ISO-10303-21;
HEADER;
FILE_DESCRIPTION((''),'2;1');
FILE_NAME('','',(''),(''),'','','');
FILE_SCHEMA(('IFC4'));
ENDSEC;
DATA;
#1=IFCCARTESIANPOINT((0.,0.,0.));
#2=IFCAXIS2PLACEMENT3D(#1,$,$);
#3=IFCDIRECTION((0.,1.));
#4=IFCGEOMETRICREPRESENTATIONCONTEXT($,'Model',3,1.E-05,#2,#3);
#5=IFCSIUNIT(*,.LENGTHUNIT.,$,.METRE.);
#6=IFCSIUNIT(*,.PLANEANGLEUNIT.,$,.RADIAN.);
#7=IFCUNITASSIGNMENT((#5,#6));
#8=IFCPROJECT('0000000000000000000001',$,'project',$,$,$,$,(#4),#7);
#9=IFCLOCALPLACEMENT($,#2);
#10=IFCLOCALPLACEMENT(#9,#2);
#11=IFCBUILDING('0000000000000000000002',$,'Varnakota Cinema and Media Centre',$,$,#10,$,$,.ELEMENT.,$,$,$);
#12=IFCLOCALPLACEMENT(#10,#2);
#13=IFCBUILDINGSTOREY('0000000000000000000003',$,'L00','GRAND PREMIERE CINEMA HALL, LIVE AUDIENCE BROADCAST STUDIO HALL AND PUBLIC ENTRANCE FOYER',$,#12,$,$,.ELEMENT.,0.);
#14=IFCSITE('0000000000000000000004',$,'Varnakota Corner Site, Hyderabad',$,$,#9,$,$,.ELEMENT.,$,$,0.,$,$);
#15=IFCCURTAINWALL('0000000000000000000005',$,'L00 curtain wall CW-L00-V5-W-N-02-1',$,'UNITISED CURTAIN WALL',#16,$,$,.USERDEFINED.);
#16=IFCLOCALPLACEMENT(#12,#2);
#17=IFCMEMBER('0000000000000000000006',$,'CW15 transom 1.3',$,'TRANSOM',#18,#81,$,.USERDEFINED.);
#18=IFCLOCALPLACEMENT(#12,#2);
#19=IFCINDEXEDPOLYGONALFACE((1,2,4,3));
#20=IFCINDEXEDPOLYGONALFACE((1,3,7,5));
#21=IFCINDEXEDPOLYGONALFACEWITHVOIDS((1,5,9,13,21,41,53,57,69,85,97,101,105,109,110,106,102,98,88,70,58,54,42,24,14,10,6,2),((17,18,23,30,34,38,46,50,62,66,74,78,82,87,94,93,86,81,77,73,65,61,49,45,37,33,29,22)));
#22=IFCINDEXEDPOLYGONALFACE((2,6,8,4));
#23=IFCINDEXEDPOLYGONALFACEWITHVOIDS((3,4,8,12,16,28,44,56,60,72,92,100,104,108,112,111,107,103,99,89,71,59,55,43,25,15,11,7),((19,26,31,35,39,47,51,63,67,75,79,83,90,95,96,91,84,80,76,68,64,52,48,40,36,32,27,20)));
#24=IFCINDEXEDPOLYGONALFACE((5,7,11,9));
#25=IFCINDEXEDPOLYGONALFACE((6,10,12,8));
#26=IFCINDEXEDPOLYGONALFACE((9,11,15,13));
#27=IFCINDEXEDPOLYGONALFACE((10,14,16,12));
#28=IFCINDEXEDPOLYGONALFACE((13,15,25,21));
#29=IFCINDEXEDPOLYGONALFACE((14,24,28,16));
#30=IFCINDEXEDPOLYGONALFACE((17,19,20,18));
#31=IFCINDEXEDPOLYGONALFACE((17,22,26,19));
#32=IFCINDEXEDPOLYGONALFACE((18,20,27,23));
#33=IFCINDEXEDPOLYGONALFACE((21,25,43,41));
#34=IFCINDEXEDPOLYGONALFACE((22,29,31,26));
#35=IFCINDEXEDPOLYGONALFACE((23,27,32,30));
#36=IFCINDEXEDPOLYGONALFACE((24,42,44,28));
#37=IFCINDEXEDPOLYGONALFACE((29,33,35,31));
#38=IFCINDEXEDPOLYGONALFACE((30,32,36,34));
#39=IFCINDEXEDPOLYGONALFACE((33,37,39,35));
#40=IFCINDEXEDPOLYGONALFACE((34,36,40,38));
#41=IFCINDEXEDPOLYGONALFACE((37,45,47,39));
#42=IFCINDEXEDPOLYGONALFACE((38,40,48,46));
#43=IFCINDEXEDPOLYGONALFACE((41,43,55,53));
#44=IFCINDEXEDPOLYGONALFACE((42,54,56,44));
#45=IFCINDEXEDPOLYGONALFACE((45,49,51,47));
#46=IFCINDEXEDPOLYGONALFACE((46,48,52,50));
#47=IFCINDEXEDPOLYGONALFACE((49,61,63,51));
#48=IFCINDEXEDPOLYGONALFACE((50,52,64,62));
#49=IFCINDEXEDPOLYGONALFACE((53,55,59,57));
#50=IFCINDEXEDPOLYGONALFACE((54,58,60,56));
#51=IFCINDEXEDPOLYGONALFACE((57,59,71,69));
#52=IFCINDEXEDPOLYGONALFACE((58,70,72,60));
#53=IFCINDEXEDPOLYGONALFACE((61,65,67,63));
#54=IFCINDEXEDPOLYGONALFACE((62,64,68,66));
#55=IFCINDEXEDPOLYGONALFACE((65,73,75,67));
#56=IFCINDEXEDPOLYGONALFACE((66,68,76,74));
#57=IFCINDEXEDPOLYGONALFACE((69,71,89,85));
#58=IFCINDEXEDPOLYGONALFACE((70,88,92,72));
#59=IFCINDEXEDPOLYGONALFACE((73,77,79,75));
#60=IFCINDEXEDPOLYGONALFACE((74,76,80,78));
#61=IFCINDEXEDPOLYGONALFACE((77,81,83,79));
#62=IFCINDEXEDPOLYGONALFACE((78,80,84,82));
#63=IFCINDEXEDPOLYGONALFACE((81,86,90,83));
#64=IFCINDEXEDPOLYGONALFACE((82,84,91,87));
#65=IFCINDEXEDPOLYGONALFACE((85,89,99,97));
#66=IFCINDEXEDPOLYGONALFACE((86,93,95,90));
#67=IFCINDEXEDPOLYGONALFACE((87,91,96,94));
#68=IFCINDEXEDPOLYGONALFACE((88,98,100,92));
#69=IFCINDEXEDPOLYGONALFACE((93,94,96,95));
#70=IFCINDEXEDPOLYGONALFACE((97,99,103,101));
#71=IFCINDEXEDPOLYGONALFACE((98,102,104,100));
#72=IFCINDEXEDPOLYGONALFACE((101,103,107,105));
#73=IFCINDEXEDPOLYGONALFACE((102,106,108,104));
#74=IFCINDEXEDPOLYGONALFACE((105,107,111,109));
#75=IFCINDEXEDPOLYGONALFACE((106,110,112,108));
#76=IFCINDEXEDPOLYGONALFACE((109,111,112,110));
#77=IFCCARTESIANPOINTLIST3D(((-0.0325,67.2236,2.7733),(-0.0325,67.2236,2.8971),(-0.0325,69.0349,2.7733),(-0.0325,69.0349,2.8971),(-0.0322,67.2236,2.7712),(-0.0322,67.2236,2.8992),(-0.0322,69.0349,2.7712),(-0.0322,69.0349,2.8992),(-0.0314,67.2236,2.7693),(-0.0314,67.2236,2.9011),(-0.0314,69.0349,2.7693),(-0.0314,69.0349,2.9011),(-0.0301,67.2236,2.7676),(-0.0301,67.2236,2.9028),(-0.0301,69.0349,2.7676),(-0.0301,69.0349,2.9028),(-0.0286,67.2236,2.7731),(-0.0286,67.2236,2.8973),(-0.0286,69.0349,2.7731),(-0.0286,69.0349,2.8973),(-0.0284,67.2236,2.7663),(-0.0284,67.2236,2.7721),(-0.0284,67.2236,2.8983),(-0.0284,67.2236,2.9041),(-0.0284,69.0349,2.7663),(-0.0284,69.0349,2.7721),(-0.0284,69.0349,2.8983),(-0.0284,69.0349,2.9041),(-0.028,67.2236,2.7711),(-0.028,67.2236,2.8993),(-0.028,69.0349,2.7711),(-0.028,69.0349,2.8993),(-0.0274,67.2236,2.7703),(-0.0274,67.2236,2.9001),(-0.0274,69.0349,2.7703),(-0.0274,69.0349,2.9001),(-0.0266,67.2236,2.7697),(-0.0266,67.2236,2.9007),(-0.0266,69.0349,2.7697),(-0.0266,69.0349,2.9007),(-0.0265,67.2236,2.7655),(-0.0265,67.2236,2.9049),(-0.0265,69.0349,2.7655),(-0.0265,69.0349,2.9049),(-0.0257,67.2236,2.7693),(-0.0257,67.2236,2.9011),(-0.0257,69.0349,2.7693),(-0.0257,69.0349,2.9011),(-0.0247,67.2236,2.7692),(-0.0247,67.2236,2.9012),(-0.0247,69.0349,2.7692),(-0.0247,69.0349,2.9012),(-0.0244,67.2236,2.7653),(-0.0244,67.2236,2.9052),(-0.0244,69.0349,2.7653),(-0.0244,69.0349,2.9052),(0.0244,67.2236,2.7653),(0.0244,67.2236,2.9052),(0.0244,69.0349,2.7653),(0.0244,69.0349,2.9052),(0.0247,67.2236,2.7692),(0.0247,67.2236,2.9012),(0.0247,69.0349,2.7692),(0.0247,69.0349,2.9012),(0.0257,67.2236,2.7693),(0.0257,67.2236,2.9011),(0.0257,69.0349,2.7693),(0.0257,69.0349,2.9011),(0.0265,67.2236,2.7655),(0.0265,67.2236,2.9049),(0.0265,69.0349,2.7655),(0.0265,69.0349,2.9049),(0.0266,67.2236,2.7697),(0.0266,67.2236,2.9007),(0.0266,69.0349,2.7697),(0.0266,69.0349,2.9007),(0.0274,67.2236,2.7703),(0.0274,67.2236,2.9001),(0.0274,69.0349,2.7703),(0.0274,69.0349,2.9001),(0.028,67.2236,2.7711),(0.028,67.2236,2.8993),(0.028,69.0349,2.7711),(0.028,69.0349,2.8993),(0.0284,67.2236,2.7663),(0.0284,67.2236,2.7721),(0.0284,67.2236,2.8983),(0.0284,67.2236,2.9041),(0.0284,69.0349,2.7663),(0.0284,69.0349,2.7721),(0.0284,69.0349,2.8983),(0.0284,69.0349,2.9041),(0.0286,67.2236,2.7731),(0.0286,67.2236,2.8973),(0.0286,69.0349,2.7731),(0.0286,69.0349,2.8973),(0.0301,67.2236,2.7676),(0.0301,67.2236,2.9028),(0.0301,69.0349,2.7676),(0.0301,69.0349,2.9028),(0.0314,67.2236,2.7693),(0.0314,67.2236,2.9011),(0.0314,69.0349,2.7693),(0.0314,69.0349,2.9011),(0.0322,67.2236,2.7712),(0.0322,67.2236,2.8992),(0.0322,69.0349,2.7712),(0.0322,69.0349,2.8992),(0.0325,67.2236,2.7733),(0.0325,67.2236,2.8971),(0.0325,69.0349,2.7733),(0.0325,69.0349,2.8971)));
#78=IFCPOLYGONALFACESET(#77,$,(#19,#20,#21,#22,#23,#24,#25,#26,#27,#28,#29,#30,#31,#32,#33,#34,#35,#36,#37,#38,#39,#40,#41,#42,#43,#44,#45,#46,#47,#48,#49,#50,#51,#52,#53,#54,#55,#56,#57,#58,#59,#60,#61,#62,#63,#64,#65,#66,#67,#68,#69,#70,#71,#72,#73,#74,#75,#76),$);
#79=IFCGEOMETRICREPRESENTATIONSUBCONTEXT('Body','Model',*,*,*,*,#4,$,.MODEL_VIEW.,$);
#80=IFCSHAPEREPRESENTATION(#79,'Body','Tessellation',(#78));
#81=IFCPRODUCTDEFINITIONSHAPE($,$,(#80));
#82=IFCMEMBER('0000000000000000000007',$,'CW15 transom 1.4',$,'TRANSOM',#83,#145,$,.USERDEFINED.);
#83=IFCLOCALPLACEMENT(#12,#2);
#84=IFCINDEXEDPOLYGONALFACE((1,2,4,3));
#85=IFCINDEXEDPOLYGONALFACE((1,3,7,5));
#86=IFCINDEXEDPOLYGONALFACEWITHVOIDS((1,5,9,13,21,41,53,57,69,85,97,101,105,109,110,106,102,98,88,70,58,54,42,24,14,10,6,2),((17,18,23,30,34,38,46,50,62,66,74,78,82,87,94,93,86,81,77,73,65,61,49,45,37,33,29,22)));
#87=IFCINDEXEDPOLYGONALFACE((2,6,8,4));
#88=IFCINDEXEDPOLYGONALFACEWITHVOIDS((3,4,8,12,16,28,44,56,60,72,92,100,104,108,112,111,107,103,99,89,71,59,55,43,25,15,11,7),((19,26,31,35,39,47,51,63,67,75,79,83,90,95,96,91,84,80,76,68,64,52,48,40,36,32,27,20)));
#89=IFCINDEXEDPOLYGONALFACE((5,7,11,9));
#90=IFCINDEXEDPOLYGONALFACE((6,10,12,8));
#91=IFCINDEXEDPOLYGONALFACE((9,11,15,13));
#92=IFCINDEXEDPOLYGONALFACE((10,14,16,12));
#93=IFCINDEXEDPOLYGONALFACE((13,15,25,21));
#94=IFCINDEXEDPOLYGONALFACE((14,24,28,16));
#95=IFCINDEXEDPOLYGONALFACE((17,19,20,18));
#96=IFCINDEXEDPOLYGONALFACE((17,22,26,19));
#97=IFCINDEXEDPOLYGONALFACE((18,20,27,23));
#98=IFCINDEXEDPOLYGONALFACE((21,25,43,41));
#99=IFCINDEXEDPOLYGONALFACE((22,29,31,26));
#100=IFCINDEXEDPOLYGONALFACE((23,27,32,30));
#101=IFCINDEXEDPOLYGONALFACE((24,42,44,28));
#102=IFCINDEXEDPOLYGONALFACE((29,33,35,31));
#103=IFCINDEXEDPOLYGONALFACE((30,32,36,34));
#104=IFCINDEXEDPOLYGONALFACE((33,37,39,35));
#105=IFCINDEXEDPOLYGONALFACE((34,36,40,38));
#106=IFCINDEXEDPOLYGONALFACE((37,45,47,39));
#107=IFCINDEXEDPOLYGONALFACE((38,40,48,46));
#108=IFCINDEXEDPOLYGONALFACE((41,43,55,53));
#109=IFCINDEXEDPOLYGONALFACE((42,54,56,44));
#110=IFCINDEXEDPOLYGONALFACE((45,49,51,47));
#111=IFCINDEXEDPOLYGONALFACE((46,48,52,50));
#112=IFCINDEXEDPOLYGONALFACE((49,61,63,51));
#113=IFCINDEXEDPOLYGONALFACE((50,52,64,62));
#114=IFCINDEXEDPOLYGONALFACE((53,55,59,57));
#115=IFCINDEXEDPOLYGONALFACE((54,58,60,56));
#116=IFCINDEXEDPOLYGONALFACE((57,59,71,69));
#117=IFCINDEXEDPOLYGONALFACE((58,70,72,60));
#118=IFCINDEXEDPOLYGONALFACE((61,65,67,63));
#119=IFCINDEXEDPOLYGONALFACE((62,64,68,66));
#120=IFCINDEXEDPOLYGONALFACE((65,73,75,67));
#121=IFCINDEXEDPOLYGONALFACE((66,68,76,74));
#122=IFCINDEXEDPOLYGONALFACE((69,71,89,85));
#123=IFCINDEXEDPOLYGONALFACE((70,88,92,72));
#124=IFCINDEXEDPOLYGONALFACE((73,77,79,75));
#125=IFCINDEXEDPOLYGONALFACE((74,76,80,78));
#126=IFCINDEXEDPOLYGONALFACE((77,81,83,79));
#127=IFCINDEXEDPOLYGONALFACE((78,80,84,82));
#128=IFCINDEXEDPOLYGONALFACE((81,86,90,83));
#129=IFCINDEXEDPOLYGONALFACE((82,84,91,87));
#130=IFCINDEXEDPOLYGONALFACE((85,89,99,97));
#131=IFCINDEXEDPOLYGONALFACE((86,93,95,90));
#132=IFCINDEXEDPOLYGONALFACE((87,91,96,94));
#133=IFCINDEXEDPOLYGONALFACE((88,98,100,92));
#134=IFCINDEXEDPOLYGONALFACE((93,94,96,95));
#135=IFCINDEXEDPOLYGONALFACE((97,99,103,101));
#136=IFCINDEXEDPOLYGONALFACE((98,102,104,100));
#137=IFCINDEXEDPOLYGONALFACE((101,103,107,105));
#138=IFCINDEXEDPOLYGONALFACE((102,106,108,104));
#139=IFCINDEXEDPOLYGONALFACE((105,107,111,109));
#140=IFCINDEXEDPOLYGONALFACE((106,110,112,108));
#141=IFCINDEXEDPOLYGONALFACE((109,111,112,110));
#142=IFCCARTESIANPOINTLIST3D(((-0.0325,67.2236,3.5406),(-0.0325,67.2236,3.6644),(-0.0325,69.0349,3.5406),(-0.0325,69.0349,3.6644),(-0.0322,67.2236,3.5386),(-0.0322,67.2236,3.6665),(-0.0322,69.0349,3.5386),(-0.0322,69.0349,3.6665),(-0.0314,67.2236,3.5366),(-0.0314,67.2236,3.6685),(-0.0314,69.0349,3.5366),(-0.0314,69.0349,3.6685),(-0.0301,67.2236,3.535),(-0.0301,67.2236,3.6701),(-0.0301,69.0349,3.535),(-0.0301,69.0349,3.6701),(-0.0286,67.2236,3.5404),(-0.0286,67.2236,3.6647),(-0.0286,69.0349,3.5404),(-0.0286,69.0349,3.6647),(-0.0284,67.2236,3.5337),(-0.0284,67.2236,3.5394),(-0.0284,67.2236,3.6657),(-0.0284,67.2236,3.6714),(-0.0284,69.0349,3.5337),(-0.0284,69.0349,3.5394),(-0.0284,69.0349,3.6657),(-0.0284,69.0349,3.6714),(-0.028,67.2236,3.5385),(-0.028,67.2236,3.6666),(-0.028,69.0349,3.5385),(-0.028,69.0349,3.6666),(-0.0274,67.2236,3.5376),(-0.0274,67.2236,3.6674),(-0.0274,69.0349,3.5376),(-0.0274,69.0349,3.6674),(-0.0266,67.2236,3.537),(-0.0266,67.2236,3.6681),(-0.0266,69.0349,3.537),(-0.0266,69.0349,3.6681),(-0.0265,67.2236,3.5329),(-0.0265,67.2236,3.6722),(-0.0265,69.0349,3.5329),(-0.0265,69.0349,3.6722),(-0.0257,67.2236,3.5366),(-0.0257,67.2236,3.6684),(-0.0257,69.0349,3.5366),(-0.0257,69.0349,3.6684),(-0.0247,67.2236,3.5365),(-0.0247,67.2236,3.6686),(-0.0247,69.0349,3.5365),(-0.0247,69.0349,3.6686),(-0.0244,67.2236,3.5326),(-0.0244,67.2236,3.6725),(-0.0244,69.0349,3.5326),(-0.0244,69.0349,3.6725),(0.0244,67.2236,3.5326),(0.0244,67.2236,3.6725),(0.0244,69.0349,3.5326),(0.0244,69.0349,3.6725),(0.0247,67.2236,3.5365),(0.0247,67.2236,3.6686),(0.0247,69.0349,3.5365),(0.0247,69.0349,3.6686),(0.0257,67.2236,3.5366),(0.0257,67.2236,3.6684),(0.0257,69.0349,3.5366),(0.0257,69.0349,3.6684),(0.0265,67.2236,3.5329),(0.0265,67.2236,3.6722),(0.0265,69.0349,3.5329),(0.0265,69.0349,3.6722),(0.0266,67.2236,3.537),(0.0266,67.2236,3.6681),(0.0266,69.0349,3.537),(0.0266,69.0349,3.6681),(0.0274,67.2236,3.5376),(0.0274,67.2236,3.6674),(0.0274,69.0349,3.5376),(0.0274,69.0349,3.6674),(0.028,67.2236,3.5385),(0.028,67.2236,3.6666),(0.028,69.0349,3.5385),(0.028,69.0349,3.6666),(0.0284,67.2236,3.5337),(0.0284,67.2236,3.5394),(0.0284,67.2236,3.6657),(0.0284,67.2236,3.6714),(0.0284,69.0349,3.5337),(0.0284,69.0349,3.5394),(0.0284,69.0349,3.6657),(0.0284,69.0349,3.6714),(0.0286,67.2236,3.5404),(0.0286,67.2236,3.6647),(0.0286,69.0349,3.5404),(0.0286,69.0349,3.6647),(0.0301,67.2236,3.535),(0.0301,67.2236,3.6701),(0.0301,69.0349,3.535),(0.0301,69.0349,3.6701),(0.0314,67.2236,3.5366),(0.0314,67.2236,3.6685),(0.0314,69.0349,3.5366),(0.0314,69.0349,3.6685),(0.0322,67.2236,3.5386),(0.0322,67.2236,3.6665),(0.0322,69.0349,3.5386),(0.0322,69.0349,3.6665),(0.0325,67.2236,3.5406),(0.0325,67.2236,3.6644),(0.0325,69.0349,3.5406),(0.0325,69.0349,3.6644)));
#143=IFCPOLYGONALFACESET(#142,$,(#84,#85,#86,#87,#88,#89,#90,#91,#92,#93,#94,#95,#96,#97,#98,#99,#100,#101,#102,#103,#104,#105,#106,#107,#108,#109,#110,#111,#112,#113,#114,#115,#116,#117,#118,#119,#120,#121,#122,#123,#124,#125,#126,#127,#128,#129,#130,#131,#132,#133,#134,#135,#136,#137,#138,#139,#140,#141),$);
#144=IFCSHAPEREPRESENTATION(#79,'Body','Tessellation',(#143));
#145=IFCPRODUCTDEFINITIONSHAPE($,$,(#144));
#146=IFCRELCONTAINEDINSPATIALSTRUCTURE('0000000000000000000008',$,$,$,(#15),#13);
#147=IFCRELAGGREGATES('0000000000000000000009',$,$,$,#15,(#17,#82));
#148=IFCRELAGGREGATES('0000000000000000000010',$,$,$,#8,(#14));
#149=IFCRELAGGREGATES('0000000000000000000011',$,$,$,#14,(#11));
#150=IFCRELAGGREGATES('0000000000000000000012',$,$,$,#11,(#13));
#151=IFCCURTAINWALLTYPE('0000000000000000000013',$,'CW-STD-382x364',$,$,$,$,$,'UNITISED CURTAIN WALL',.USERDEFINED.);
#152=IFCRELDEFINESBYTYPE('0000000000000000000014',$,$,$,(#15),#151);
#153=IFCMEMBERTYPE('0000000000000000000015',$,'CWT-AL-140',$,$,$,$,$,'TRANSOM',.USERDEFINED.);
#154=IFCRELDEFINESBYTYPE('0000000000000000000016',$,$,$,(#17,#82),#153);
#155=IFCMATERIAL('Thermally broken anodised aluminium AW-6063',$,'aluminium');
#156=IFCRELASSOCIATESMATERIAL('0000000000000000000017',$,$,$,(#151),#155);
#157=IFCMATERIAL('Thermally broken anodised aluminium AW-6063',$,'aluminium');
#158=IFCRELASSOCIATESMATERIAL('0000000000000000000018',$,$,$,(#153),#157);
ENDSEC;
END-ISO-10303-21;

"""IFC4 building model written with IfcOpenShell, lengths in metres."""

from ifc_helpers import new_model, si_unit, direction, frame, origin, origin_2d, place, context, subcontext, project, spatial, hollow_rectangle, extrude, material, material_profile, profile_set, type_object, element, aggregate, save


model = new_model("IFC4")

# Units and contexts
model_context = context("Model", 3, precision=1e-05, world=origin(), true_north=direction((0.0, 1.0)))
body_context = subcontext(model_context, "Body", "Model", "MODEL_VIEW")
ifc_project = project(units=[si_unit("LENGTHUNIT", "METRE"), si_unit("PLANEANGLEUNIT", "RADIAN")], contexts=[model_context])

# Site, building, storey
site_placement = place(None, origin())
site = spatial("IfcSite", under=ifc_project, at=site_placement, Name="Varnakota Corner Site, Hyderabad", CompositionType="ELEMENT", RefElevation=0.0)
building_placement = place(site_placement, origin())
building = spatial("IfcBuilding", under=site, at=building_placement, Name="Varnakota Cinema and Media Centre", CompositionType="ELEMENT")
storey_placement = place(building_placement, origin())
storey = spatial("IfcBuildingStorey", under=building, at=storey_placement, Name="L00", Description="GRAND PREMIERE CINEMA HALL, LIVE AUDIENCE BROADCAST STUDIO HALL AND PUBLIC ENTRANCE FOYER", CompositionType="ELEMENT", Elevation=0.0)

# Curtain wall
ifc_material_1 = material(Name="Thermally broken anodised aluminium AW-6063", Category="aluminium")
curtain_wall_type = type_object("IfcCurtainWallType", Name="CW-STD-382x364", ElementType="UNITISED CURTAIN WALL", PredefinedType="USERDEFINED", material=ifc_material_1)
curtain_wall_1_placement = place(storey_placement, origin())
curtain_wall_1 = element("IfcCurtainWall", 1, at=curtain_wall_1_placement, inside=storey, type_object=curtain_wall_type, Name="L00 curtain wall CW-L00-V5-W-N-02-1", ObjectType="UNITISED CURTAIN WALL", PredefinedType="USERDEFINED")

# Members
ifc_material_2 = material(Name="Thermally broken anodised aluminium AW-6063", Category="aluminium")
ifc_material_profile_1 = material_profile(ifc_material_2, hollow_rectangle(XDim=0.0649, YDim=0.1399, WallThickness=0.0039, InnerFilletRadius=0.0039, OuterFilletRadius=0.0081, at=origin_2d()), Name="AL-TRANSOM 140x65x4")
ifc_profile_set_1 = profile_set([ifc_material_profile_1], Name="Thermally broken anodised aluminium AW-6063")
member_type_1 = type_object("IfcMemberType", Name="CWT-AL-140", ElementType="TRANSOM", PredefinedType="USERDEFINED", material=ifc_profile_set_1)
member_1_placement = place(storey_placement, frame((0.0, 69.0349, 2.8352), z_axis=(0.0, -1.0, 0.0), x_axis=(1.0, 0.0, 0.0)))
member_1 = element("IfcMember", 2, at=member_1_placement, type_object=member_type_1, Name="CW15 transom 1.3", ObjectType="TRANSOM", PredefinedType="USERDEFINED", context=body_context, shape_type="SweptSolid", body=[
    extrude(hollow_rectangle(XDim=0.0649, YDim=0.1399, WallThickness=0.0039, InnerFilletRadius=0.0039, OuterFilletRadius=0.0081, at=origin_2d()), origin(), (0.0, 0.0, 1.0), 1.8113),
])
member_2_placement = place(storey_placement, frame((0.0, 69.0349, 3.6025), z_axis=(0.0, -1.0, 0.0), x_axis=(1.0, 0.0, 0.0)))
member_2 = element("IfcMember", 3, at=member_2_placement, type_object=member_type_1, Name="CW15 transom 1.4", ObjectType="TRANSOM", PredefinedType="USERDEFINED", context=body_context, shape_type="SweptSolid", body=[
    extrude(hollow_rectangle(XDim=0.0649, YDim=0.1399, WallThickness=0.0039, InnerFilletRadius=0.0039, OuterFilletRadius=0.0081, at=origin_2d()), origin(), (0.0, 0.0, 1.0), 1.8113),
])

aggregate(curtain_wall_1, [member_1, member_2])

save(model, "model.ifc")
